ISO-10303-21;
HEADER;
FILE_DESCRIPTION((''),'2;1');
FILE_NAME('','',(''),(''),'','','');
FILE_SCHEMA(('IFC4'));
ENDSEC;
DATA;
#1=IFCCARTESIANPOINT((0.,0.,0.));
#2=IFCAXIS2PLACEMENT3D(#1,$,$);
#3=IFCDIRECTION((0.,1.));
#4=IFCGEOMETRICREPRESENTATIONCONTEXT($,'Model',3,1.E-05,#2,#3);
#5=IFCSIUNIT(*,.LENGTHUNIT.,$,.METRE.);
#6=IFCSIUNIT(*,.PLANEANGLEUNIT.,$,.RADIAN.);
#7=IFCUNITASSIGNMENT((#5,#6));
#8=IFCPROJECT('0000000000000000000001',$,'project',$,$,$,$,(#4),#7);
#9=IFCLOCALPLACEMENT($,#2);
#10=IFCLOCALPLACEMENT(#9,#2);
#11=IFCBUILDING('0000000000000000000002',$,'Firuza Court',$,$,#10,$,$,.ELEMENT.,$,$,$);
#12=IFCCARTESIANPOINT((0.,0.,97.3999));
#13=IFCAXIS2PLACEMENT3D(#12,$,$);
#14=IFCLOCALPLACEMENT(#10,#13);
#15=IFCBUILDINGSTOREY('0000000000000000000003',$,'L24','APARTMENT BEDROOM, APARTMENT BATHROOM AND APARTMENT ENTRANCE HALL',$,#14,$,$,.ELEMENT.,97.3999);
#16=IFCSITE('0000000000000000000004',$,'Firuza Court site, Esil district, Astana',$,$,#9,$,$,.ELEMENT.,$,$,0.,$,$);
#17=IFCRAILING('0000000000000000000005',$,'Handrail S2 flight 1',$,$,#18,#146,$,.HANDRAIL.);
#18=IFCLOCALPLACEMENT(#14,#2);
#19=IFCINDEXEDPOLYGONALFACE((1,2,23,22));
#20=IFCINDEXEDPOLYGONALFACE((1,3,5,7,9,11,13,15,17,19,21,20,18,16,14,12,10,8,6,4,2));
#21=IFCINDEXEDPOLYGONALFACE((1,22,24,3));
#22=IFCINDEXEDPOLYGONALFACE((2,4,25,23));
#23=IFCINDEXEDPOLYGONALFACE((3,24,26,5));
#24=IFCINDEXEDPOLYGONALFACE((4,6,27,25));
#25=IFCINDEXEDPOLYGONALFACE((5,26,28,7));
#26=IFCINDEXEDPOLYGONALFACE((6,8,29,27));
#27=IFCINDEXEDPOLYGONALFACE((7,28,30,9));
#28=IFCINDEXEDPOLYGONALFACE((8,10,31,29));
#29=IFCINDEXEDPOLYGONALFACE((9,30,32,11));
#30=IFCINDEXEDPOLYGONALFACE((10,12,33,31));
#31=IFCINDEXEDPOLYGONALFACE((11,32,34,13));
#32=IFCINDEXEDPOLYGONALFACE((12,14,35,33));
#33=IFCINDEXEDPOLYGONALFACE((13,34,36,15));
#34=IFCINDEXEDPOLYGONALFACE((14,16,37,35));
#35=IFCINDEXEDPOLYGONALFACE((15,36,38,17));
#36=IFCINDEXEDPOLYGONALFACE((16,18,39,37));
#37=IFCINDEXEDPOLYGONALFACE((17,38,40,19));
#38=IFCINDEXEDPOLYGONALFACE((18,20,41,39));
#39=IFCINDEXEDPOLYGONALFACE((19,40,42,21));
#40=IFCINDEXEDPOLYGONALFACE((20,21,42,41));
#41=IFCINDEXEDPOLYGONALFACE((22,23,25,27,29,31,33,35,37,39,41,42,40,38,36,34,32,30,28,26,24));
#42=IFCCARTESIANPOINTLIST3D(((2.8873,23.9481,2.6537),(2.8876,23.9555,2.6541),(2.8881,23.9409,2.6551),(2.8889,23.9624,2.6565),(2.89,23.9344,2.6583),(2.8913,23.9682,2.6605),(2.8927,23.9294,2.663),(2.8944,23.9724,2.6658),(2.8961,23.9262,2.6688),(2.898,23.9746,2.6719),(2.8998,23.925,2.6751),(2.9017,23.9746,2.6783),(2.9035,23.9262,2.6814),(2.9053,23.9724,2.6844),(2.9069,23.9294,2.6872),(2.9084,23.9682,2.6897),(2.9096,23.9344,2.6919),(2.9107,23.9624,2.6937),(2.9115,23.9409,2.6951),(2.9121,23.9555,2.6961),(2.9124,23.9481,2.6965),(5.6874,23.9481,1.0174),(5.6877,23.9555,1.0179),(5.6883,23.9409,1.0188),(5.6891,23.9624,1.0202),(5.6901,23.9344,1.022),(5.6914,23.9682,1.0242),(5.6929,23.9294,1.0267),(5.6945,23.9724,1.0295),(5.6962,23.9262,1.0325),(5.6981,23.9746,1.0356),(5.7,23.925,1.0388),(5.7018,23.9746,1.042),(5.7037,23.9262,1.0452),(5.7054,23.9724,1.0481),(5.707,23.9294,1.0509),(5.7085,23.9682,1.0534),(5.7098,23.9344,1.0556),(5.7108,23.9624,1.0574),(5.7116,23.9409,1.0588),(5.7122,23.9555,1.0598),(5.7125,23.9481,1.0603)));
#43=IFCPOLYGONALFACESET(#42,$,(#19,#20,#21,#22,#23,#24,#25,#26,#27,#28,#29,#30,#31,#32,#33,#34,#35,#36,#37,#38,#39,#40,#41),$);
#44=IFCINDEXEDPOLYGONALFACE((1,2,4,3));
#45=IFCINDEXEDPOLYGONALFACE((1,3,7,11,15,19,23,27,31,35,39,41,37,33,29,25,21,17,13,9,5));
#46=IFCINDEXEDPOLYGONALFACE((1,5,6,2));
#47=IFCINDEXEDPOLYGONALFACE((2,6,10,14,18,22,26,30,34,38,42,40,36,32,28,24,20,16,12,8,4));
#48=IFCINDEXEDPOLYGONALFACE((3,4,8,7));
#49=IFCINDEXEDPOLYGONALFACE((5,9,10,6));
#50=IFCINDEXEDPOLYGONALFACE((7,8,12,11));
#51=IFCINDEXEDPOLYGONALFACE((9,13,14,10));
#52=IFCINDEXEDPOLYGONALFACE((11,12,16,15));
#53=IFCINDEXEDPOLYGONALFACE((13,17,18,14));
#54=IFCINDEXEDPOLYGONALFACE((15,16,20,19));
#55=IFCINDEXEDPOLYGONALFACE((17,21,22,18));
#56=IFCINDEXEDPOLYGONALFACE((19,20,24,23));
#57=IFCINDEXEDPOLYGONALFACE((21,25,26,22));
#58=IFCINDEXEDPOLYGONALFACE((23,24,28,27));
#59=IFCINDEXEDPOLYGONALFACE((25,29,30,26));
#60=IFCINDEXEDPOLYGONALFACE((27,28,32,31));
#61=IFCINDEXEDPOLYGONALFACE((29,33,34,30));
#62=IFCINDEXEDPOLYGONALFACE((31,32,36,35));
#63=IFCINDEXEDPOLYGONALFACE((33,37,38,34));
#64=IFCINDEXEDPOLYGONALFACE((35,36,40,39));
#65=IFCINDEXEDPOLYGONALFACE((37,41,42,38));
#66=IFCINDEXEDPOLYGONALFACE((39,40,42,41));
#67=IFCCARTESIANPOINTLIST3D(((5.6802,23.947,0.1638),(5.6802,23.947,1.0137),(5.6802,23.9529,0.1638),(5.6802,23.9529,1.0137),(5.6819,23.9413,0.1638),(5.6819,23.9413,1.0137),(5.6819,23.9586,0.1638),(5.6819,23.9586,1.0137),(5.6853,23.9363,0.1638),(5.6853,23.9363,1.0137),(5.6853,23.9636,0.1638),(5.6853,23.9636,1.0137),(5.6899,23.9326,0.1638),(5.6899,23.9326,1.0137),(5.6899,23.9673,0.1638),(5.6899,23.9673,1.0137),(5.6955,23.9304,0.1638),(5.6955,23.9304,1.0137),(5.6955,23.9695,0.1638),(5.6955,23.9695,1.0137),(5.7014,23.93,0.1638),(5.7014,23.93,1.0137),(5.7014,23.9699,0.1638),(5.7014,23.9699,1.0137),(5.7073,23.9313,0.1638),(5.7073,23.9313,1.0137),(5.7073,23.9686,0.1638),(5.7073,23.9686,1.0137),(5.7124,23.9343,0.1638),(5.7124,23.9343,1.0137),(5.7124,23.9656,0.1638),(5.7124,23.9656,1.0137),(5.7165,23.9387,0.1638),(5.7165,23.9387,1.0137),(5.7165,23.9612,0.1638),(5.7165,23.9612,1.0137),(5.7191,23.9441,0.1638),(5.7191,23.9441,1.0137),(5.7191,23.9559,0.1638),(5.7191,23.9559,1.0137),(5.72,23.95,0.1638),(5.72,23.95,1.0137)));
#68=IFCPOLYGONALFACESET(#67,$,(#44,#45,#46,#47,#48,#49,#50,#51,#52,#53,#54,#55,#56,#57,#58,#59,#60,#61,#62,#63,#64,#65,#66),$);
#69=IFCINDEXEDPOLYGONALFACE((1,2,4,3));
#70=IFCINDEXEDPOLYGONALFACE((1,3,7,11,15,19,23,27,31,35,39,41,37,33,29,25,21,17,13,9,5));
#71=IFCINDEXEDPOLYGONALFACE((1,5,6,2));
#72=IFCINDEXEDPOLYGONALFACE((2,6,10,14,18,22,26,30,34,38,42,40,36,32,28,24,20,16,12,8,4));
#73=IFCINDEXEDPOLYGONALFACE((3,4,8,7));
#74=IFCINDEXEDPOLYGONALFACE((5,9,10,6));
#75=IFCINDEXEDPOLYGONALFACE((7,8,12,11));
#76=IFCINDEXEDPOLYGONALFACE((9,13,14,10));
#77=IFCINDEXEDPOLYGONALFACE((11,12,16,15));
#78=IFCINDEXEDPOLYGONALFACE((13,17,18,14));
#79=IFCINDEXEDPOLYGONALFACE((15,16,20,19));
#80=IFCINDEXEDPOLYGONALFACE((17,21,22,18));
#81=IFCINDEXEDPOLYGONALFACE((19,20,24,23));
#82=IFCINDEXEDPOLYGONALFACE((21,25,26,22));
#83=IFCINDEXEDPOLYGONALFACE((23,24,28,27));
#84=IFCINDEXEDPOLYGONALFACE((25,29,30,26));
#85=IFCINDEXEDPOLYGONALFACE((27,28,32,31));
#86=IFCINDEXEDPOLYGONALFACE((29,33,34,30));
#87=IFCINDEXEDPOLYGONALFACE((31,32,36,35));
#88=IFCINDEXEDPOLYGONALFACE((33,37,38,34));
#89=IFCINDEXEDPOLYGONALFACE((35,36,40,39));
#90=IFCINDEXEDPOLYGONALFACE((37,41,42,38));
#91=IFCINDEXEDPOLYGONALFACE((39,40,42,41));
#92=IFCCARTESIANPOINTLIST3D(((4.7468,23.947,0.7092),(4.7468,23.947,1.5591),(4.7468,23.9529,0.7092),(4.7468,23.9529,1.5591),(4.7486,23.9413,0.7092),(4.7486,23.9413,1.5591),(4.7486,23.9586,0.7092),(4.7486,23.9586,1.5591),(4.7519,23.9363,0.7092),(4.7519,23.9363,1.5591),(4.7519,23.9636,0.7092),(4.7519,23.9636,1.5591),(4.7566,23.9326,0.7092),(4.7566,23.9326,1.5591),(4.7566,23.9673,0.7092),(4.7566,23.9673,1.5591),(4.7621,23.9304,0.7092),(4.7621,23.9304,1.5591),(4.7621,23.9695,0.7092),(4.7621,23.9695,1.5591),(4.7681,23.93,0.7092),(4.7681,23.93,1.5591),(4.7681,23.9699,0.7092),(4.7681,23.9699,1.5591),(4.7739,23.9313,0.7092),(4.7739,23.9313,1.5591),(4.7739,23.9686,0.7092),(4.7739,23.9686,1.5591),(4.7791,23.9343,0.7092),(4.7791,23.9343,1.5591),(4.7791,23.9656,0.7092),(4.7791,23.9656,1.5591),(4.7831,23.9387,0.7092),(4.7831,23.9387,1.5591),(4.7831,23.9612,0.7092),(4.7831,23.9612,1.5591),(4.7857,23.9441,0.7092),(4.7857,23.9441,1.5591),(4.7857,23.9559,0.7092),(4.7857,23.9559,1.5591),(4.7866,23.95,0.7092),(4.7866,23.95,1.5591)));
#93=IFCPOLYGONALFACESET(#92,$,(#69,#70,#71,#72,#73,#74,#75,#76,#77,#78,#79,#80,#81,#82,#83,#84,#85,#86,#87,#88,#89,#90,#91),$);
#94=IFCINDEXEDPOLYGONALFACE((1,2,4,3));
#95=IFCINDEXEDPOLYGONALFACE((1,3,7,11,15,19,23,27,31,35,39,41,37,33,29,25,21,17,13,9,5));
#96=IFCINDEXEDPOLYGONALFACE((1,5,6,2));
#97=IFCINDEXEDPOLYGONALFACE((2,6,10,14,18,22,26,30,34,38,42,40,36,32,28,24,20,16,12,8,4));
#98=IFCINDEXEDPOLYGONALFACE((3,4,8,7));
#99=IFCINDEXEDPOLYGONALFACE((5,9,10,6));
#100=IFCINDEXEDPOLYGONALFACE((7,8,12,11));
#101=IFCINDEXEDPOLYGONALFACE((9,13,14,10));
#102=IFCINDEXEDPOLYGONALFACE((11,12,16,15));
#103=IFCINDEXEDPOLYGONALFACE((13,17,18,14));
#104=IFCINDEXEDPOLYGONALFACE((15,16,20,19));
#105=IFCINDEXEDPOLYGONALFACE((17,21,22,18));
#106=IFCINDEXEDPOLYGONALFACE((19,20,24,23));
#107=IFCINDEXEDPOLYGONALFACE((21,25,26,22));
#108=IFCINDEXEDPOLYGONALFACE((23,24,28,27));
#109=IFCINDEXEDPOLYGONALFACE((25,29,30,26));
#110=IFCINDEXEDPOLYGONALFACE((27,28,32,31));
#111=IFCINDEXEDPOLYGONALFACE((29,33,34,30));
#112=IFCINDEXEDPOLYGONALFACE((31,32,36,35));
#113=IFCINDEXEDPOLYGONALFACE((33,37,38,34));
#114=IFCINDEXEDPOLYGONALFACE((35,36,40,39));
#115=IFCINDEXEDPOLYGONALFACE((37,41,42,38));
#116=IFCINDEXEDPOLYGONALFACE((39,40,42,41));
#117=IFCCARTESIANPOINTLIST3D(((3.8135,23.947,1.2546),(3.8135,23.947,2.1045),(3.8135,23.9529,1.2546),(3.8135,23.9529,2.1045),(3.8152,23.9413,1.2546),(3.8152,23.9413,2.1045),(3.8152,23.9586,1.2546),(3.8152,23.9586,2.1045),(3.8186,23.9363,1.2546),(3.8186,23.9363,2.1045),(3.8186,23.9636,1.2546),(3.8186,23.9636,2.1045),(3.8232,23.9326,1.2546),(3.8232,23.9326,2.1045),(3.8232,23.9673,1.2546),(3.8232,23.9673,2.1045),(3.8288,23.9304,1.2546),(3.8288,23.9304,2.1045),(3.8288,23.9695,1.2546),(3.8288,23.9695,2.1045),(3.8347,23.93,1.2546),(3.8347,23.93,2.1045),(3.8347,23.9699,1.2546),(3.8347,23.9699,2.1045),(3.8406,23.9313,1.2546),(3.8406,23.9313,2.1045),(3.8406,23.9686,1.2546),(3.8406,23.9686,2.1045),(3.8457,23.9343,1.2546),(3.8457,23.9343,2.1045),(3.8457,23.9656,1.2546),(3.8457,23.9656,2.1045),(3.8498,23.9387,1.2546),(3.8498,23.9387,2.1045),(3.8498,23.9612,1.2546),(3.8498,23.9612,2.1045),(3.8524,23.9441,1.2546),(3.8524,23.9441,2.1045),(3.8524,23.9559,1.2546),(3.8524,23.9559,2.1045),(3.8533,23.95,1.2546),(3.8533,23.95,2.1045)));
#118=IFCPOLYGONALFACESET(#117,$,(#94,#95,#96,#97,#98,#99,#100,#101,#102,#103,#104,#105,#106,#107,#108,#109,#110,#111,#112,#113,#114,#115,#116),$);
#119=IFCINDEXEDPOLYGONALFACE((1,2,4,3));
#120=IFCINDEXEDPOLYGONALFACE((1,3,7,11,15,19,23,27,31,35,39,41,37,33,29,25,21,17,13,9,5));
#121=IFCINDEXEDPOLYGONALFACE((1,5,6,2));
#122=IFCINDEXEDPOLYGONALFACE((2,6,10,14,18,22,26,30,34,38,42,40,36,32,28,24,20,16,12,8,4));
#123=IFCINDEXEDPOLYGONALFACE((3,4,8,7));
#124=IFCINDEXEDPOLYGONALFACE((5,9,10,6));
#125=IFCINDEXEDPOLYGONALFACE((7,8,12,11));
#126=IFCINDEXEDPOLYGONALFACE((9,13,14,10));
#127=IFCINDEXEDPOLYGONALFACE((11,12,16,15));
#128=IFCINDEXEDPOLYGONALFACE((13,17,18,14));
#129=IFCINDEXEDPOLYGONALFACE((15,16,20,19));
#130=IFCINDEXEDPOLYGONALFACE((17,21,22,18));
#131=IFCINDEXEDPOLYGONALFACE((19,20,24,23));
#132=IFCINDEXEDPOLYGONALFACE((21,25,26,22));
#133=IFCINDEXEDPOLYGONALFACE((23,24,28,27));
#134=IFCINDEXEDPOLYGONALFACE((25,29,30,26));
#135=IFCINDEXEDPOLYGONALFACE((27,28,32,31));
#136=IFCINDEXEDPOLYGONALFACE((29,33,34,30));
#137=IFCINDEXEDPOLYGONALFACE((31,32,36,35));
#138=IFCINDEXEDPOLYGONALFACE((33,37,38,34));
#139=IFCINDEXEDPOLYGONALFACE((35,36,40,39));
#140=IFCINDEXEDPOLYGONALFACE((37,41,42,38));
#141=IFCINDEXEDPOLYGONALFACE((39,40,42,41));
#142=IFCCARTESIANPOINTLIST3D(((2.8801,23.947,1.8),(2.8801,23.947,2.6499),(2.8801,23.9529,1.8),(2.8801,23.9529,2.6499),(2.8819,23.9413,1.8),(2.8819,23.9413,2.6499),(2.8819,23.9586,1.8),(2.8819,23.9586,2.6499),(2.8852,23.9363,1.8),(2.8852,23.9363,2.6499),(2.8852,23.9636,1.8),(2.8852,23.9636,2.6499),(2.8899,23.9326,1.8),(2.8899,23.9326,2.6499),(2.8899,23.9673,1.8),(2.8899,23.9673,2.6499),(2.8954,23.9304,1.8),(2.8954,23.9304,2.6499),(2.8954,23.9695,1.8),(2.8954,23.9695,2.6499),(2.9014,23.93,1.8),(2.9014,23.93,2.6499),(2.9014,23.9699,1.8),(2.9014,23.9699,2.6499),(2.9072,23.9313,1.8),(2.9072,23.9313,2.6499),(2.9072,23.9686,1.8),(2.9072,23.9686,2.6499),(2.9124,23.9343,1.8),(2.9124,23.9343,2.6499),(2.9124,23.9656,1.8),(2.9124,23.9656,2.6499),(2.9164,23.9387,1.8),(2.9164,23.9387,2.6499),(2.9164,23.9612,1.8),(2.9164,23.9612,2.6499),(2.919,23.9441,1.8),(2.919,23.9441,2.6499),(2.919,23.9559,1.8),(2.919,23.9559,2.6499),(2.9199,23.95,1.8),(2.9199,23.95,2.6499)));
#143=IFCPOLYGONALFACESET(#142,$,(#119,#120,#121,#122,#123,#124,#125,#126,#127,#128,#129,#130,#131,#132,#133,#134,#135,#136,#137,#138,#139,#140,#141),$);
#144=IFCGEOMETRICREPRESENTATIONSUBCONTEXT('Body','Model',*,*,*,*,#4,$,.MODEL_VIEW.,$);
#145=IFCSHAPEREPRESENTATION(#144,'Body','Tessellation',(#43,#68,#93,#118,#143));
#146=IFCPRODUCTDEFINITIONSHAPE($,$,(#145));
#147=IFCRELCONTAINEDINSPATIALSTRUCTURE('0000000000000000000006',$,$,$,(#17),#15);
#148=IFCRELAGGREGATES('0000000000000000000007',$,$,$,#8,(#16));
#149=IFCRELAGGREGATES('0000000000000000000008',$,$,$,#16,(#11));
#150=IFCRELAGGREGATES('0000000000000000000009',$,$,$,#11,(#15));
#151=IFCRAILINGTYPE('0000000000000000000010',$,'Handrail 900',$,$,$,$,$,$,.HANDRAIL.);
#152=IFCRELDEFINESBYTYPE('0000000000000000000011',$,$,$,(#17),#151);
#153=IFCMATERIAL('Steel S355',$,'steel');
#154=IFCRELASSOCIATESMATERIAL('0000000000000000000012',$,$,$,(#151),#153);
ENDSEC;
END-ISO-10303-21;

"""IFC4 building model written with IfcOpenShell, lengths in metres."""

from ifc_helpers import new_model, si_unit, direction, frame, origin, origin_2d, place, context, subcontext, project, spatial, circle, extrude, material, type_object, element, save


model = new_model("IFC4")

# Units and contexts
model_context = context("Model", 3, precision=1e-05, world=origin(), true_north=direction((0.0, 1.0)))
body_context = subcontext(model_context, "Body", "Model", "MODEL_VIEW")
ifc_project = project(units=[si_unit("LENGTHUNIT", "METRE"), si_unit("PLANEANGLEUNIT", "RADIAN")], contexts=[model_context])

# Site, building, storey
site_placement = place(None, origin())
site = spatial("IfcSite", under=ifc_project, at=site_placement, Name="Firuza Court site, Esil district, Astana", CompositionType="ELEMENT", RefElevation=0.0)
building_placement = place(site_placement, origin())
building = spatial("IfcBuilding", under=site, at=building_placement, Name="Firuza Court", CompositionType="ELEMENT")
storey_placement = place(building_placement, frame((0.0, 0.0, 97.3999)))
storey = spatial("IfcBuildingStorey", under=building, at=storey_placement, Name="L24", Description="APARTMENT BEDROOM, APARTMENT BATHROOM AND APARTMENT ENTRANCE HALL", CompositionType="ELEMENT", Elevation=97.3999)

# Railing
ifc_material_1 = material(Name="Steel S355", Category="steel")
railing_type_1 = type_object("IfcRailingType", Name="Handrail 900", PredefinedType="HANDRAIL", material=ifc_material_1)
railing_1_placement = place(storey_placement, frame((5.7, 23.95, 0.1638)))
element("IfcRailing", 1, at=railing_1_placement, inside=storey, type_object=railing_type_1, Name="Handrail S2 flight 1", PredefinedType="HANDRAIL", context=body_context, shape_type="SweptSolid", body=[
    extrude(circle(Radius=0.0249, at=origin_2d()), frame((0.0, 0.0, 0.875), z_axis=(-0.863394, 0.0, 0.504531), x_axis=(0.0, -1.0, 0.0)), (0.0, 0.0, 1.0), 3.2432),
    extrude(circle(Radius=0.02, at=origin_2d()), origin(), (0.0, 0.0, 1.0), 0.8499),
    extrude(circle(Radius=0.02, at=origin_2d()), frame((-0.9333, 0.0, 0.5454)), (0.0, 0.0, 1.0), 0.8499),
    extrude(circle(Radius=0.02, at=origin_2d()), frame((-1.8667, 0.0, 1.0908)), (0.0, 0.0, 1.0), 0.8499),
    extrude(circle(Radius=0.02, at=origin_2d()), frame((-2.8, 0.0, 1.6362)), (0.0, 0.0, 1.0), 0.8499),
])

save(model, "model.ifc")
